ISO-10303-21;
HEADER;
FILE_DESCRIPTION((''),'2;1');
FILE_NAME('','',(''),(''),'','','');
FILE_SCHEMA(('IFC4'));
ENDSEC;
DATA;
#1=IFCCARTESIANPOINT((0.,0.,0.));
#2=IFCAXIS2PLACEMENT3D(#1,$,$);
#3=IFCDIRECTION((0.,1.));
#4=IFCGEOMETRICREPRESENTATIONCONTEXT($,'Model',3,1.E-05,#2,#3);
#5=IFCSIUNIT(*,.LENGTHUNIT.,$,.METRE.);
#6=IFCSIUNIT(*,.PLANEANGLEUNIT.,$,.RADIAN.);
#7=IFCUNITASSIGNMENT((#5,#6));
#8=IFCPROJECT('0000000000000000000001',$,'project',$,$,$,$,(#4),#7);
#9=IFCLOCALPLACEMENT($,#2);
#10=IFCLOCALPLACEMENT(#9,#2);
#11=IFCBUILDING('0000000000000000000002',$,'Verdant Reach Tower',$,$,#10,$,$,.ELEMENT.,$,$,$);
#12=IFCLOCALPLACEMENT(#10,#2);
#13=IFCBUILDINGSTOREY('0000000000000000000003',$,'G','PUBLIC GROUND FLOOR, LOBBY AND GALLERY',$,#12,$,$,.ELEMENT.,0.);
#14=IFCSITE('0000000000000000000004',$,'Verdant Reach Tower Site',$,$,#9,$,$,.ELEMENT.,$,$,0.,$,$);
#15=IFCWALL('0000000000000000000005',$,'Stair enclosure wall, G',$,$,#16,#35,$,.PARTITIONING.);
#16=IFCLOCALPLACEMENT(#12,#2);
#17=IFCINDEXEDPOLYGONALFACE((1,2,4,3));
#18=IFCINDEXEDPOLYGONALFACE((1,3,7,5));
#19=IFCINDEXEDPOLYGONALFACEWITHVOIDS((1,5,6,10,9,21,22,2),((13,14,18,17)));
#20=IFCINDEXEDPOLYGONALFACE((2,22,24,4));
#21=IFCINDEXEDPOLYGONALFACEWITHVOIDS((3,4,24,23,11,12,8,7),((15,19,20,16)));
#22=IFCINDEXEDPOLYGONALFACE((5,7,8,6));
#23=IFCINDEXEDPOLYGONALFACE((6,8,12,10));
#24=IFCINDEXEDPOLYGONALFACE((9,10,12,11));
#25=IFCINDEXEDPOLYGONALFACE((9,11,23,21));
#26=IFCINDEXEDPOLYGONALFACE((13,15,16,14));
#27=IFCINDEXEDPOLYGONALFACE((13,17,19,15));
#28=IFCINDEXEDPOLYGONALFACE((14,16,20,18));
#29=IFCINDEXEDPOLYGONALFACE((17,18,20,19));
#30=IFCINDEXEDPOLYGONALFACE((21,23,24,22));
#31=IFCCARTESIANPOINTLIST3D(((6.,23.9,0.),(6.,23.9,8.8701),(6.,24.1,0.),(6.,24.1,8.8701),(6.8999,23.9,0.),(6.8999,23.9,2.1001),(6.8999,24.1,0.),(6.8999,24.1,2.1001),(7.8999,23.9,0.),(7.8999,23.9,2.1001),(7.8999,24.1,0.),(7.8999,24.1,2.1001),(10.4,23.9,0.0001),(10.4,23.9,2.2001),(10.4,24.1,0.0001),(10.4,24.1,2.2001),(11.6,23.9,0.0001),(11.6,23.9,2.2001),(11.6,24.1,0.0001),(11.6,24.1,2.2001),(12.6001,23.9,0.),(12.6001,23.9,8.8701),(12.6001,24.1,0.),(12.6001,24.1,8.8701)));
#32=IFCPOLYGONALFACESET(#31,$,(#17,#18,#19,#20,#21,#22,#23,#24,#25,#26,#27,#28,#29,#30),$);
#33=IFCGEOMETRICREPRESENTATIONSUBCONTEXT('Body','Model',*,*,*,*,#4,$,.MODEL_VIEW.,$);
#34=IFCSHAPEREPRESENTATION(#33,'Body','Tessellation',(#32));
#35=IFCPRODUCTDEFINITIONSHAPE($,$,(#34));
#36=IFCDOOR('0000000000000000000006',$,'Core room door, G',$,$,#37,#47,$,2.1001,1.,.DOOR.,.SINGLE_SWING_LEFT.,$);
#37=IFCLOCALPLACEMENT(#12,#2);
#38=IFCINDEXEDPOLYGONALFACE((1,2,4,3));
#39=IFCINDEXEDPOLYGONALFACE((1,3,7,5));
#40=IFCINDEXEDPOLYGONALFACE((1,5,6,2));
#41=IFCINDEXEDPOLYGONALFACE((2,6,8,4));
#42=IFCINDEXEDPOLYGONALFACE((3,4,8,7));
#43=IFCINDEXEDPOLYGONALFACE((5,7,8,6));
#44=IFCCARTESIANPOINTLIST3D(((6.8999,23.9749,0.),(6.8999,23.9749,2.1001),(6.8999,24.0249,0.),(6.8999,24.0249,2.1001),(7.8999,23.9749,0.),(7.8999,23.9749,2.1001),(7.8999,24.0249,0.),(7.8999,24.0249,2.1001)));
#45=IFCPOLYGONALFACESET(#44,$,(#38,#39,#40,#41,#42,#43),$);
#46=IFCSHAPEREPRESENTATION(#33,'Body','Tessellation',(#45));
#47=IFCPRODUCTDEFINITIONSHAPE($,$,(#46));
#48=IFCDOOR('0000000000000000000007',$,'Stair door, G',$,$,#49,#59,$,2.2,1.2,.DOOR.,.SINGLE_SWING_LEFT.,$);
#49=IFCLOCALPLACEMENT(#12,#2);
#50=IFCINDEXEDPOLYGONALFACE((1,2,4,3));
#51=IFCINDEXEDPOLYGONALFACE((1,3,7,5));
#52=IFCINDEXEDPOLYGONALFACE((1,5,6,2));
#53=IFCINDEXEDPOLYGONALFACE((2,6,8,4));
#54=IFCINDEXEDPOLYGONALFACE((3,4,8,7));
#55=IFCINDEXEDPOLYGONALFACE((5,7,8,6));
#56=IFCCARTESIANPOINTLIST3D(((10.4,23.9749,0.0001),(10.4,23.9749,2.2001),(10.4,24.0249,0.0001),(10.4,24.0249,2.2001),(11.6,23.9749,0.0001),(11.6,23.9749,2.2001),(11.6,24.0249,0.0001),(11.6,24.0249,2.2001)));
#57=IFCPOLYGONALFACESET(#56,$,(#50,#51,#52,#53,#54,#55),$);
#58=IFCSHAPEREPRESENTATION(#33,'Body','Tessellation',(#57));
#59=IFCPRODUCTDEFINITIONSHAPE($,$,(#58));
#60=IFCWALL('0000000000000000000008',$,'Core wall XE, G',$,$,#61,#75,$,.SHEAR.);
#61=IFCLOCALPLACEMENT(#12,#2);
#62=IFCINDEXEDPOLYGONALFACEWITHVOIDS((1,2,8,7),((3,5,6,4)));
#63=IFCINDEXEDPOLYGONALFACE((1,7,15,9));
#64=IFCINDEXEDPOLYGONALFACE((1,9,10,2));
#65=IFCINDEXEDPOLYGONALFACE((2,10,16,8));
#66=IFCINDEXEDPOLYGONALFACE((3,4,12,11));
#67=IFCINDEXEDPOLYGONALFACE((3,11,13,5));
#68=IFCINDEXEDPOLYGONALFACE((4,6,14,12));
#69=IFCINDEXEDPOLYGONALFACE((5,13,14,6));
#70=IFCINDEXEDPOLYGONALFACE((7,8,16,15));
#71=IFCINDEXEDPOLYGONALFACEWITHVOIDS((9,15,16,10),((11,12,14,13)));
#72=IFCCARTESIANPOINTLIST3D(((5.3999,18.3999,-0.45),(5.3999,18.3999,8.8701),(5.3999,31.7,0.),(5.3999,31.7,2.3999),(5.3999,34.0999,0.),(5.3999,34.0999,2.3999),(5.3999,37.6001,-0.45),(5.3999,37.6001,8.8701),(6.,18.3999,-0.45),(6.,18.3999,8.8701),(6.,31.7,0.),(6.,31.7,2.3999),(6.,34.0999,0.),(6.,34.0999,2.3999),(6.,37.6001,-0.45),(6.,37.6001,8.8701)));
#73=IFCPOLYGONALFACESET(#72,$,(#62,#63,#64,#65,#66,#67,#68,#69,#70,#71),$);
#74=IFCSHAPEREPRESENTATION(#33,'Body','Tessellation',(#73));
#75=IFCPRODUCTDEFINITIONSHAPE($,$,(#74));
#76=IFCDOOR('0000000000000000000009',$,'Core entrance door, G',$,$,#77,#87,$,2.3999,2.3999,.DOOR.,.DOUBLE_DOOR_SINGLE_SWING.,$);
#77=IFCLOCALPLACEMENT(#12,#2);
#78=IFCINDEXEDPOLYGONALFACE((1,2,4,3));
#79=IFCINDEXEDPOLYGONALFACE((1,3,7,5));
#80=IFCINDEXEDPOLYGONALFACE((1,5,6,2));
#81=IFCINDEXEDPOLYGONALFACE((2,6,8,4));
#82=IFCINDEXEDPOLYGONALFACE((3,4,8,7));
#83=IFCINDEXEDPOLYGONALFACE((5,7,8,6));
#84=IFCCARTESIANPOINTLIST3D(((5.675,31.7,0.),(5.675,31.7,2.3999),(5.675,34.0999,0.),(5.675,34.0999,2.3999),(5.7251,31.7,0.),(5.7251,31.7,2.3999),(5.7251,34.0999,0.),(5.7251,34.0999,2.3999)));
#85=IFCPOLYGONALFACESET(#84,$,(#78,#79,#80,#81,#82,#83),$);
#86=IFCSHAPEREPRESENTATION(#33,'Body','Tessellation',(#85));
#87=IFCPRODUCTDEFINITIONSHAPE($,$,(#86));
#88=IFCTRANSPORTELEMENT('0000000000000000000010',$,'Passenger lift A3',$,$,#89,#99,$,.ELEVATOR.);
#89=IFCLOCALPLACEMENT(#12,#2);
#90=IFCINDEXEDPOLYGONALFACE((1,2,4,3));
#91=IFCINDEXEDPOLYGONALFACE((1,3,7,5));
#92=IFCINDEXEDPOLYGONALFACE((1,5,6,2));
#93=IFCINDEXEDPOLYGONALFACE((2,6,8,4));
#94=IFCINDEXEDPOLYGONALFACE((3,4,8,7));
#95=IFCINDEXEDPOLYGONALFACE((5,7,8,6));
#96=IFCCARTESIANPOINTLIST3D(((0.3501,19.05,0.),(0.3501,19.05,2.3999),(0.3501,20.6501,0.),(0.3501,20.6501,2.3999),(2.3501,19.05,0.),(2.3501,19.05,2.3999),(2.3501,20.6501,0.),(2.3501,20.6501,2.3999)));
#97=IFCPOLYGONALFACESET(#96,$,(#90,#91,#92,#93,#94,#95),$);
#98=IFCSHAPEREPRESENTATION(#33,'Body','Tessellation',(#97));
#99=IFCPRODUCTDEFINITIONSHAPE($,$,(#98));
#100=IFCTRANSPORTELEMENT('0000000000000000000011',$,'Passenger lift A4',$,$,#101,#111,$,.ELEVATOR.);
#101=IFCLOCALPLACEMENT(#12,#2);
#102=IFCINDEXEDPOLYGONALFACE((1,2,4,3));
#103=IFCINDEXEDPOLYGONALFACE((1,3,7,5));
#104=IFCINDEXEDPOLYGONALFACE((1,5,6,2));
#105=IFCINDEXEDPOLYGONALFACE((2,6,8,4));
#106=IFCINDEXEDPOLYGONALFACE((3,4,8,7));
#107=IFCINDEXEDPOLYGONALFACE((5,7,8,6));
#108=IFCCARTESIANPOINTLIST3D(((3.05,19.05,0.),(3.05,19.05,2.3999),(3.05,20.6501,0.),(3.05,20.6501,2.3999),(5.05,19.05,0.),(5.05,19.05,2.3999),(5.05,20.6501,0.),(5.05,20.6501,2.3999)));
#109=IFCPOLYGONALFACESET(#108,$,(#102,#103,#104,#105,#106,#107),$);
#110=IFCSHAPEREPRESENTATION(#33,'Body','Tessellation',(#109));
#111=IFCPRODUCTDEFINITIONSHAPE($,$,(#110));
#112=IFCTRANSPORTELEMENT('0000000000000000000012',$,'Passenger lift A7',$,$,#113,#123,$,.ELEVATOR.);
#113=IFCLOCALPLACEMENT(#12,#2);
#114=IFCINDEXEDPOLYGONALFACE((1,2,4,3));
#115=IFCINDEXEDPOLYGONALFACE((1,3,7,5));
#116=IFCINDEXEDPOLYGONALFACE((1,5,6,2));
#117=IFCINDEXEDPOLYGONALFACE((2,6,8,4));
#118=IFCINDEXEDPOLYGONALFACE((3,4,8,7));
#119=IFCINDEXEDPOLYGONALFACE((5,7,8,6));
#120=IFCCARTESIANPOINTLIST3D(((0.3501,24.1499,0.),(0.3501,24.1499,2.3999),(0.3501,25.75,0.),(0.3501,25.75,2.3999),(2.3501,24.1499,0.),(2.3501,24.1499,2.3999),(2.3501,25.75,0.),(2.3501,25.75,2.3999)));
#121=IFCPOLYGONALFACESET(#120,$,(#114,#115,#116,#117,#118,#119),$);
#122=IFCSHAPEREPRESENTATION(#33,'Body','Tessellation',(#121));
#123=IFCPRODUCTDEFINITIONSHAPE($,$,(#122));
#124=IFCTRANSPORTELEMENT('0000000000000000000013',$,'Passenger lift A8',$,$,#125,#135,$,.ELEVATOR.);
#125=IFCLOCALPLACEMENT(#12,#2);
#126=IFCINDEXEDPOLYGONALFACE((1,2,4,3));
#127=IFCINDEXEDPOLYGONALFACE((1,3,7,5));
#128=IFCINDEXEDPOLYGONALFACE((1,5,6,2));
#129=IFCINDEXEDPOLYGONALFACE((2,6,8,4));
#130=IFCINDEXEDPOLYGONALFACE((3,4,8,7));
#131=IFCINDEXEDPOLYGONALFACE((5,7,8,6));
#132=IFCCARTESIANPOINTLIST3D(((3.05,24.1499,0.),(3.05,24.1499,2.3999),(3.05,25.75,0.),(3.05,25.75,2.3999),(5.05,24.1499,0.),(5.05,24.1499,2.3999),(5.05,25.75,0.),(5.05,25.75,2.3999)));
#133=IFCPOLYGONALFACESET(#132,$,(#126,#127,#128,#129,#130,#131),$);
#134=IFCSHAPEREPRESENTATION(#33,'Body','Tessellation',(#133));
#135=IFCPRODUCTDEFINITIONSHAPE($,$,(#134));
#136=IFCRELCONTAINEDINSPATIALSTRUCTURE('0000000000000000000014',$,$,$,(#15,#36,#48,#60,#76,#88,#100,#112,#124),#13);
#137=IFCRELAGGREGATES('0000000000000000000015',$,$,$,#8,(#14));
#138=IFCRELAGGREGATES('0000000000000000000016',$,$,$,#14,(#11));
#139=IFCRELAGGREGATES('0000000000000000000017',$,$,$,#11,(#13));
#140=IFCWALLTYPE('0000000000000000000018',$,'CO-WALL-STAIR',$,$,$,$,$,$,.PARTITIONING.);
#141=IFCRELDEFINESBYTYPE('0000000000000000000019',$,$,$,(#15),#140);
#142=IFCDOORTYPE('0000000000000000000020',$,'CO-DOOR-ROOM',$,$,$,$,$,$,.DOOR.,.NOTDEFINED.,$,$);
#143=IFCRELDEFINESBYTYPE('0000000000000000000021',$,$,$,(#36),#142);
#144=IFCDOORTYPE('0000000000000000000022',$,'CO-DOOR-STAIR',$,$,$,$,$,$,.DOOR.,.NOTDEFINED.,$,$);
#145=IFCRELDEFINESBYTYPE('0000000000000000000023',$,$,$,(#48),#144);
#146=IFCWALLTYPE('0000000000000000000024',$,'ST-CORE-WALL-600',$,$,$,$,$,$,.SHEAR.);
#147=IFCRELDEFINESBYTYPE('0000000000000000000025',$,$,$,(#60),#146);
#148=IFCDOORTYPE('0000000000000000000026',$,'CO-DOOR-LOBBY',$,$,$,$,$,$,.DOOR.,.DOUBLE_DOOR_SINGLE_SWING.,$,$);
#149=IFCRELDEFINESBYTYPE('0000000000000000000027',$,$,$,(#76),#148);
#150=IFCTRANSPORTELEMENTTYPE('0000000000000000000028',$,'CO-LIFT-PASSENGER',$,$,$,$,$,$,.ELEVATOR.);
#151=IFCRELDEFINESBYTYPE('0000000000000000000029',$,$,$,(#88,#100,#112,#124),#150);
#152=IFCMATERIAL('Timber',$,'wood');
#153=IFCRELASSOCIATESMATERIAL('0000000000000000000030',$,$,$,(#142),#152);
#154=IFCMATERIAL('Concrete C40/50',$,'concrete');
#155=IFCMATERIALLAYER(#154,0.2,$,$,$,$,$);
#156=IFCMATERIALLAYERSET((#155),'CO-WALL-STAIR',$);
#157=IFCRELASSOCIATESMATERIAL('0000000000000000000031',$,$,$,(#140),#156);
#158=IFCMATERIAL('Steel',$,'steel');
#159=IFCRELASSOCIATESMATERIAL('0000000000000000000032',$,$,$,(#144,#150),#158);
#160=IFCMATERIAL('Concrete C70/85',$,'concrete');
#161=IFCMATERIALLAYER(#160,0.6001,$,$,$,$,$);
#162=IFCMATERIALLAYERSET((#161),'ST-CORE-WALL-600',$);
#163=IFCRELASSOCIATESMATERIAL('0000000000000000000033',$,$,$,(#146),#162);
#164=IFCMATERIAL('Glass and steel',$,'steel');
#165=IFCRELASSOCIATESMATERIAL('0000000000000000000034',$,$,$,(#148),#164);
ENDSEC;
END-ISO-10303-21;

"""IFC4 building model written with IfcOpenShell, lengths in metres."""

from ifc_helpers import new_model, si_unit, direction, frame, frame_2d, origin, origin_2d, place, context, subcontext, project, spatial, rectangle, extrude, material, layer, layer_set, type_object, element, fill, save


model = new_model("IFC4")

# Units and contexts
model_context = context("Model", 3, precision=1e-05, world=origin(), true_north=direction((0.0, 1.0)))
body_context = subcontext(model_context, "Body", "Model", "MODEL_VIEW")
ifc_project = project(units=[si_unit("LENGTHUNIT", "METRE"), si_unit("PLANEANGLEUNIT", "RADIAN")], contexts=[model_context])

# Site, building, storey
site_placement = place(None, origin())
site = spatial("IfcSite", under=ifc_project, at=site_placement, Name="Verdant Reach Tower Site", CompositionType="ELEMENT", RefElevation=0.0)
building_placement = place(site_placement, origin())
building = spatial("IfcBuilding", under=site, at=building_placement, Name="Verdant Reach Tower", CompositionType="ELEMENT")
storey_placement = place(building_placement, origin())
storey = spatial("IfcBuildingStorey", under=building, at=storey_placement, Name="G", Description="PUBLIC GROUND FLOOR, LOBBY AND GALLERY", CompositionType="ELEMENT", Elevation=0.0)

# Shared definitions
ifc_material_1 = material(Name="Timber", Category="wood")
door_type_1 = type_object("IfcDoorType", Name="CO-DOOR-ROOM", OperationType="NOTDEFINED", PredefinedType="DOOR", material=ifc_material_1)

# Shared definitions
ifc_material_2 = material(Name="Concrete C40/50", Category="concrete")

# Wall, openings, doors
ifc_layer_1 = layer(ifc_material_2, 0.2)
ifc_layer_set_1 = layer_set([ifc_layer_1], Name="CO-WALL-STAIR")
wall_type_1 = type_object("IfcWallType", Name="CO-WALL-STAIR", PredefinedType="PARTITIONING", material=ifc_layer_set_1)
wall_1_placement = place(storey_placement, frame((6.0, 24.0, 0.0), z_axis=(0.0, 0.0, 1.0), x_axis=(1.0, 0.0, 0.0)))
wall_1 = element("IfcWall", 1, at=wall_1_placement, inside=storey, type_object=wall_type_1, Name="Stair enclosure wall, G", PredefinedType="PARTITIONING", context=body_context, shape_type="SweptSolid", body=[
    extrude(rectangle(XDim=6.6001, YDim=0.2, at=frame_2d((3.3, 0.0))), origin(), (0.0, 0.0, 1.0), 8.8701),
])
opening_1_placement = place(wall_1_placement, frame((0.8999, 0.0, 0.0)))
opening_1 = element("IfcOpeningElement", 2, at=opening_1_placement, cuts=wall_1, PredefinedType="OPENING", context=body_context, shape_type="SweptSolid", body=[
    extrude(rectangle(XDim=1.0, YDim=2.1001, at=frame_2d((0.5, 1.05))), frame((0.0, 0.1099, 0.0), z_axis=(0.0, -1.0, 0.0), x_axis=(1.0, 0.0, 0.0)), (0.0, 0.0, 1.0), 0.22),
])
opening_2_placement = place(wall_1_placement, frame((4.3999, 0.0, 0.0)))
opening_2 = element("IfcOpeningElement", 3, at=opening_2_placement, cuts=wall_1, PredefinedType="OPENING", context=body_context, shape_type="SweptSolid", body=[
    extrude(rectangle(XDim=1.2, YDim=2.2, at=frame_2d((0.6001, 1.1001))), frame((0.0, 0.1099, 0.0), z_axis=(0.0, -1.0, 0.0), x_axis=(1.0, 0.0, 0.0)), (0.0, 0.0, 1.0), 0.22),
])
door_1_placement = place(opening_1_placement, origin())
door_1 = element("IfcDoor", 4, at=door_1_placement, inside=storey, type_object=door_type_1, Name="Core room door, G", OperationType="SINGLE_SWING_LEFT", OverallHeight=2.1001, OverallWidth=1.0, PredefinedType="DOOR", context=body_context, shape_type="SweptSolid", body=[
    extrude(rectangle(XDim=1.0, YDim=2.1001, at=frame_2d((0.5, 1.05))), frame((0.0, 0.0249, 0.0), z_axis=(0.0, -1.0, 0.0), x_axis=(1.0, 0.0, 0.0)), (0.0, 0.0, 1.0), 0.05),
])
fill(opening_1, door_1)
ifc_material_3 = material(Name="Steel", Category="steel")
door_type_2 = type_object("IfcDoorType", Name="CO-DOOR-STAIR", OperationType="NOTDEFINED", PredefinedType="DOOR", material=ifc_material_3)
door_2_placement = place(opening_2_placement, origin())
door_2 = element("IfcDoor", 5, at=door_2_placement, inside=storey, type_object=door_type_2, Name="Stair door, G", OperationType="SINGLE_SWING_LEFT", OverallHeight=2.2, OverallWidth=1.2, PredefinedType="DOOR", context=body_context, shape_type="SweptSolid", body=[
    extrude(rectangle(XDim=1.2, YDim=2.2, at=frame_2d((0.6001, 1.1001))), frame((0.0, 0.0249, 0.0), z_axis=(0.0, -1.0, 0.0), x_axis=(1.0, 0.0, 0.0)), (0.0, 0.0, 1.0), 0.05),
])
fill(opening_2, door_2)

# Wall, opening, door
ifc_material_4 = material(Name="Concrete C70/85", Category="concrete")
ifc_layer_2 = layer(ifc_material_4, 0.6001)
ifc_layer_set_2 = layer_set([ifc_layer_2], Name="ST-CORE-WALL-600")
wall_type_2 = type_object("IfcWallType", Name="ST-CORE-WALL-600", PredefinedType="SHEAR", material=ifc_layer_set_2)
wall_2_placement = place(storey_placement, frame((5.7, 18.3999, -0.45), z_axis=(0.0, 0.0, 1.0), x_axis=(0.0, 1.0, 0.0)))
wall_2 = element("IfcWall", 6, at=wall_2_placement, inside=storey, type_object=wall_type_2, Name="Core wall XE, G", PredefinedType="SHEAR", context=body_context, shape_type="SweptSolid", body=[
    extrude(rectangle(XDim=19.2002, YDim=0.6001, at=frame_2d((9.6001, 0.0))), origin(), (0.0, 0.0, 1.0), 9.3201),
])
opening_3_placement = place(wall_2_placement, frame((13.3, 0.0, 0.45)))
opening_3 = element("IfcOpeningElement", 7, at=opening_3_placement, cuts=wall_2, PredefinedType="OPENING", context=body_context, shape_type="SweptSolid", body=[
    extrude(rectangle(XDim=2.3999, YDim=2.3999, at=frame_2d((1.2, 1.2))), frame((0.0, 0.3101, 0.0), z_axis=(0.0, -1.0, 0.0), x_axis=(1.0, 0.0, 0.0)), (0.0, 0.0, 1.0), 0.6201),
])
ifc_material_5 = material(Name="Glass and steel", Category="steel")
door_type_3 = type_object("IfcDoorType", Name="CO-DOOR-LOBBY", OperationType="DOUBLE_DOOR_SINGLE_SWING", PredefinedType="DOOR", material=ifc_material_5)
door_3_placement = place(opening_3_placement, origin())
door_3 = element("IfcDoor", 8, at=door_3_placement, inside=storey, type_object=door_type_3, Name="Core entrance door, G", OperationType="DOUBLE_DOOR_SINGLE_SWING", OverallHeight=2.3999, OverallWidth=2.3999, PredefinedType="DOOR", context=body_context, shape_type="SweptSolid", body=[
    extrude(rectangle(XDim=2.3999, YDim=2.3999, at=frame_2d((1.2, 1.2))), frame((0.0, 0.0249, 0.0), z_axis=(0.0, -1.0, 0.0), x_axis=(1.0, 0.0, 0.0)), (0.0, 0.0, 1.0), 0.05),
])
fill(opening_3, door_3)

# Transport elements
transport_element_type = type_object("IfcTransportElementType", Name="CO-LIFT-PASSENGER", PredefinedType="ELEVATOR", material=ifc_material_3)
for number, where, z_axis, x_axis, name in (
    (9, (1.3501, 19.8501, 0.0), (0.0, 0.0, 1.0), (1.0, 0.0, 0.0), "Passenger lift A3"),
    (10, (4.05, 19.8501, 0.0), (0.0, 0.0, 1.0), (1.0, 0.0, 0.0), "Passenger lift A4"),
    (11, (1.3501, 24.95, 0.0), (0.0, 0.0, 1.0), (1.0, 0.0, 0.0), "Passenger lift A7"),
    (12, (4.05, 24.95, 0.0), (0.0, 0.0, 1.0), (1.0, 0.0, 0.0), "Passenger lift A8"),
):
    element("IfcTransportElement", number, at=place(storey_placement, frame(where, z_axis=z_axis, x_axis=x_axis)), inside=storey, type_object=transport_element_type, Name=name, PredefinedType="ELEVATOR", context=body_context, shape_type="SweptSolid", body=[
        extrude(rectangle(XDim=2.0, YDim=1.6001, at=origin_2d()), origin(), (0.0, 0.0, 1.0), 2.3999),
    ])

save(model, "model.ifc")
